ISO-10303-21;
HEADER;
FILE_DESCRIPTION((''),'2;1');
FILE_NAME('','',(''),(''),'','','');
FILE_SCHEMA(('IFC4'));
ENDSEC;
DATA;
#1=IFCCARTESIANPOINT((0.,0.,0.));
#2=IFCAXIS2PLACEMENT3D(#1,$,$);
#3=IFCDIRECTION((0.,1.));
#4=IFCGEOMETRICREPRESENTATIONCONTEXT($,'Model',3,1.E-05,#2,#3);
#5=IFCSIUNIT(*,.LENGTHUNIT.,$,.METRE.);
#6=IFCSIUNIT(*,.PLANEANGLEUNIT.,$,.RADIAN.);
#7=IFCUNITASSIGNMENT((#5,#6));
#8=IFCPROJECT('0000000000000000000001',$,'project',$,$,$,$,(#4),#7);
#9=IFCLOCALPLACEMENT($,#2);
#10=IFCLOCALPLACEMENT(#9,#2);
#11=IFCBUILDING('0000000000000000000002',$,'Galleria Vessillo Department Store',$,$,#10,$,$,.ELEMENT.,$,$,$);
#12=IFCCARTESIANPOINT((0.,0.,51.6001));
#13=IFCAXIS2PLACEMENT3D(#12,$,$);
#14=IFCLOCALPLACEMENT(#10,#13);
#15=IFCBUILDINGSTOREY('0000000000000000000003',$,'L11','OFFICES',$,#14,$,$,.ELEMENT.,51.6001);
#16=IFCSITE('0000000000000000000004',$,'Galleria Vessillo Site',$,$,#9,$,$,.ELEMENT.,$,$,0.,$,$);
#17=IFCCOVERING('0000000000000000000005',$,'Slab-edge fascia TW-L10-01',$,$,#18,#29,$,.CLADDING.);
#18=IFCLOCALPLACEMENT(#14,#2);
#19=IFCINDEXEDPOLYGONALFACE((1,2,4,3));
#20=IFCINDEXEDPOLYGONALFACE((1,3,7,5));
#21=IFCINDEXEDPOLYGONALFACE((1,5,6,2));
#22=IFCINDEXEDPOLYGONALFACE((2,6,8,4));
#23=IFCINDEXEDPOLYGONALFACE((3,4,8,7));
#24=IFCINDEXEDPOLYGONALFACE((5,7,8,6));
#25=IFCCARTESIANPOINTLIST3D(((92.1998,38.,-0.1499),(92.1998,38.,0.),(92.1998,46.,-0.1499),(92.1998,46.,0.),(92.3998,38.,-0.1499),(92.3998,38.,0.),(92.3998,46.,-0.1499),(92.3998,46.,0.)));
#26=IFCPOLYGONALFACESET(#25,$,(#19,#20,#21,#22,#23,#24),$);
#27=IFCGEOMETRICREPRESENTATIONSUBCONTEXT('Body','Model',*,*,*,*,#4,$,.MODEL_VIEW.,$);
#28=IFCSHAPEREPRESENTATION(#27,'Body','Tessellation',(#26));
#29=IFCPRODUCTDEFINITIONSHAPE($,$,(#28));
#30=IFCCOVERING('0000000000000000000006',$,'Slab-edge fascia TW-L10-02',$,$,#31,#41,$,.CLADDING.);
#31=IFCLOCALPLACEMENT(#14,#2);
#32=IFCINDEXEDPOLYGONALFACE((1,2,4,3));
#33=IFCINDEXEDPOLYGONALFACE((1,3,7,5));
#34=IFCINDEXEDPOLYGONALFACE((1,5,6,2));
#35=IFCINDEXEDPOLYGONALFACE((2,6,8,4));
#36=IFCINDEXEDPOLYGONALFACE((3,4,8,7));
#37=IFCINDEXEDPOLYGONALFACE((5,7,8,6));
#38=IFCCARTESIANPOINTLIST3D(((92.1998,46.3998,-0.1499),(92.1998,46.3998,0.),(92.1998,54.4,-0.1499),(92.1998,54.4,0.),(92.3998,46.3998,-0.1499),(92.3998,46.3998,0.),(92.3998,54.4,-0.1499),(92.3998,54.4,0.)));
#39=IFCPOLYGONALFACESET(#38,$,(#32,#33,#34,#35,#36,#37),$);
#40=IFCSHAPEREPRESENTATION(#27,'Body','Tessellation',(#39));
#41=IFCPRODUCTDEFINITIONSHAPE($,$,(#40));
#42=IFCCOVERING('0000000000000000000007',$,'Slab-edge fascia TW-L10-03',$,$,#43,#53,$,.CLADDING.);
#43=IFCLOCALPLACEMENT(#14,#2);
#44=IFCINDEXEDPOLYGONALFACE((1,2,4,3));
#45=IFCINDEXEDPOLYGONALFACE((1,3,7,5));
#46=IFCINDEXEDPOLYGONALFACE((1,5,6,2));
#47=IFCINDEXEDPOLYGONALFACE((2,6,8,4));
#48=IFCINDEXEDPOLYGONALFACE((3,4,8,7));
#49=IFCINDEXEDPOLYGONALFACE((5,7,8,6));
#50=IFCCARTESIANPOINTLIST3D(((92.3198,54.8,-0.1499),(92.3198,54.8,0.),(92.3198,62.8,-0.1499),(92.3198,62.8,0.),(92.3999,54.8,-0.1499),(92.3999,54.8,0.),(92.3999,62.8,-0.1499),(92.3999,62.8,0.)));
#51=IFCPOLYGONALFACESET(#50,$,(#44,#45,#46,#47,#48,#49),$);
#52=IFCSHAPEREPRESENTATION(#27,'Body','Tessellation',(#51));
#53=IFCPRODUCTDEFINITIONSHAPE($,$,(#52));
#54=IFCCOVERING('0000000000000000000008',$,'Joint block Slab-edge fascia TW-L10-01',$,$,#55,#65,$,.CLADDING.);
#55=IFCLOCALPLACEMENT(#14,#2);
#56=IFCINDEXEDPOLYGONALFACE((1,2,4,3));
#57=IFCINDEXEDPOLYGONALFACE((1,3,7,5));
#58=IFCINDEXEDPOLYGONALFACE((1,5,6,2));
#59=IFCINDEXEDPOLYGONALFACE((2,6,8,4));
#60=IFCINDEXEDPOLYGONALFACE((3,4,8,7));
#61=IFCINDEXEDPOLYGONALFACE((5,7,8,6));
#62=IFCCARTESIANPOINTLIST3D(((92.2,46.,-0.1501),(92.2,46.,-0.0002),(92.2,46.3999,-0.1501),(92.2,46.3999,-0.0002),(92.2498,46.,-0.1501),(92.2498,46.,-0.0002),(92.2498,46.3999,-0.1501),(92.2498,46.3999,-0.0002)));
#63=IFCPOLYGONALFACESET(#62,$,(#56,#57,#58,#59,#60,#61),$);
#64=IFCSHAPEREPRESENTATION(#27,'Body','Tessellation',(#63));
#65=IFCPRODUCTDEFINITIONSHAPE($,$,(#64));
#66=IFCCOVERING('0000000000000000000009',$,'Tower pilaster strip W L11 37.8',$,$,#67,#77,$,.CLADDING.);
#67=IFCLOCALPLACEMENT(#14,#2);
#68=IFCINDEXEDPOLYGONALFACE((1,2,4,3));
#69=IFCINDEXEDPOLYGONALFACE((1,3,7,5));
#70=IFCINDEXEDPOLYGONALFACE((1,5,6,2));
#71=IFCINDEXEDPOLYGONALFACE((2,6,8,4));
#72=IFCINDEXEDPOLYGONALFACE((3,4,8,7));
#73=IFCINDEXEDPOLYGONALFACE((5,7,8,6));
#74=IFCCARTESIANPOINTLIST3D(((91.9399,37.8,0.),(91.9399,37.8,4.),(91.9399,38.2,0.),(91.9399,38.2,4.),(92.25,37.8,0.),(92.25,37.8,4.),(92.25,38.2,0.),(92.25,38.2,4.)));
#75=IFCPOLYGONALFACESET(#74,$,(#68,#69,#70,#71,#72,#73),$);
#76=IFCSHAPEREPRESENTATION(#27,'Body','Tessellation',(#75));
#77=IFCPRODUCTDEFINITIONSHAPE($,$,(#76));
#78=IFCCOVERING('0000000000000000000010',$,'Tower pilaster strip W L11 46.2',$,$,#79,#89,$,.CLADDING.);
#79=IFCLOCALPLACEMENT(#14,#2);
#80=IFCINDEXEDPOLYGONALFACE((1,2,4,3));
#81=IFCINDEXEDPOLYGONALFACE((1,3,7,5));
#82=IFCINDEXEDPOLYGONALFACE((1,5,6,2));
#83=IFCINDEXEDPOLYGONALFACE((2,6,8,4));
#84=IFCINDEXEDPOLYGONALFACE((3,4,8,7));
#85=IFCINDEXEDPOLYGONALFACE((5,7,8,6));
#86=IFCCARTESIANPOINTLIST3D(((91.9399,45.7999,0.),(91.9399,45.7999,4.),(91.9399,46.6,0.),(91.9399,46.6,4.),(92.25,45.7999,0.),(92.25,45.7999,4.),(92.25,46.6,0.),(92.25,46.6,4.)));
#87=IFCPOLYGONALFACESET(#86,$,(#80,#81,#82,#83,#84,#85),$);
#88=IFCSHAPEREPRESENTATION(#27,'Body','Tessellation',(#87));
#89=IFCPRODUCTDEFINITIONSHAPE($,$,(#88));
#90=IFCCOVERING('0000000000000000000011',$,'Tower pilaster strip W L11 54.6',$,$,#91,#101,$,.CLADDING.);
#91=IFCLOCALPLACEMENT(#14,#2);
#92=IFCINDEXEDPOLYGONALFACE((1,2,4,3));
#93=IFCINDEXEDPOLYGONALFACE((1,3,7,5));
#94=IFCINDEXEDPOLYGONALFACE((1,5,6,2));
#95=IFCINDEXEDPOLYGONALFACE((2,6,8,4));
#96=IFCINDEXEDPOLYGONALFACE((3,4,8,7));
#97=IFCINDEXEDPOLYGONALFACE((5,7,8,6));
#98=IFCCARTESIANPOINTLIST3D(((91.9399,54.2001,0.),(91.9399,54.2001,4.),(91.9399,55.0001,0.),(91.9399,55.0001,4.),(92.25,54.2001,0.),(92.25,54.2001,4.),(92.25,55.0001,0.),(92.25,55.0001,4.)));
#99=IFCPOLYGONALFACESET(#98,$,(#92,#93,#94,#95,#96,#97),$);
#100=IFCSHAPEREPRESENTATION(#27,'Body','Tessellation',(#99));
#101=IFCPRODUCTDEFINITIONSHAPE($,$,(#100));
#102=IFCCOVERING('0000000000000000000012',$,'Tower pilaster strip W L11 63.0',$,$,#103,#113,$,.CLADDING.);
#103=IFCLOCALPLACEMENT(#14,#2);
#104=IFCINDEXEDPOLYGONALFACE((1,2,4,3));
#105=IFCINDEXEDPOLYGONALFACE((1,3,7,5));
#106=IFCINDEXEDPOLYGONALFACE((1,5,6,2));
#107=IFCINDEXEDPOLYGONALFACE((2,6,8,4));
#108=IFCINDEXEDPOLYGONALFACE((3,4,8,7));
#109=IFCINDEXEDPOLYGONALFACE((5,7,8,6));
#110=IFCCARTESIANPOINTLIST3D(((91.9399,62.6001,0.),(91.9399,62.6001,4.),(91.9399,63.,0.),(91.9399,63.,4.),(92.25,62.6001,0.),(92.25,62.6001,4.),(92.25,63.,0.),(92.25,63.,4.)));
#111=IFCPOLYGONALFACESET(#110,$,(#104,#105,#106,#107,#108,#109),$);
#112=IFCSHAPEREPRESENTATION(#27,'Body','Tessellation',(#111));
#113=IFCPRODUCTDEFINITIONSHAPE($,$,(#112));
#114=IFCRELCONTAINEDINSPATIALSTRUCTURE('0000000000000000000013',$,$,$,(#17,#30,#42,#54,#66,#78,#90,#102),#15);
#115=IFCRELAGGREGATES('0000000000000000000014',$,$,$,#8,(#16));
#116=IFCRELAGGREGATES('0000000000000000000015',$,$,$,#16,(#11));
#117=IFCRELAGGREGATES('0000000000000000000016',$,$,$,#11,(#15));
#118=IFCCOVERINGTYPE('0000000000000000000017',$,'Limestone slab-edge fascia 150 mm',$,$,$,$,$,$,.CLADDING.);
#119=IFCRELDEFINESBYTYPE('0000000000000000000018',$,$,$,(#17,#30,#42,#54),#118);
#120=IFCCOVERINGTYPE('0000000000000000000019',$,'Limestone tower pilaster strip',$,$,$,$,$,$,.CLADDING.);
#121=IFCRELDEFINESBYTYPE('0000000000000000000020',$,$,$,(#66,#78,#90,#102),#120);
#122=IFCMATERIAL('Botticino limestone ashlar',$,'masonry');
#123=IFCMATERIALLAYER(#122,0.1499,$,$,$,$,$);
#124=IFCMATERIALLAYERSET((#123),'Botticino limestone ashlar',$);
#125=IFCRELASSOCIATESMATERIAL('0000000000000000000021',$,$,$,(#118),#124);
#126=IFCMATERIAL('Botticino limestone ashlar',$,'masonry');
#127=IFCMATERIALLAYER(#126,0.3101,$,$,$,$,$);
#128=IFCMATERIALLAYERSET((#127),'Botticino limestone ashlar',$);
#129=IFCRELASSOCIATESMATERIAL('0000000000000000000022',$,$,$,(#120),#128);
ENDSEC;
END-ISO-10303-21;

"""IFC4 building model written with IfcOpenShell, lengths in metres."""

from ifc_helpers import new_model, si_unit, direction, frame, origin, origin_2d, place, context, subcontext, project, spatial, rectangle, extrude, material, layer, layer_set, type_object, element, save


model = new_model("IFC4")

# Units and contexts
model_context = context("Model", 3, precision=1e-05, world=origin(), true_north=direction((0.0, 1.0)))
body_context = subcontext(model_context, "Body", "Model", "MODEL_VIEW")
ifc_project = project(units=[si_unit("LENGTHUNIT", "METRE"), si_unit("PLANEANGLEUNIT", "RADIAN")], contexts=[model_context])

# Site, building, storey
site_placement = place(None, origin())
site = spatial("IfcSite", under=ifc_project, at=site_placement, Name="Galleria Vessillo Site", CompositionType="ELEMENT", RefElevation=0.0)
building_placement = place(site_placement, origin())
building = spatial("IfcBuilding", under=site, at=building_placement, Name="Galleria Vessillo Department Store", CompositionType="ELEMENT")
storey_placement = place(building_placement, frame((0.0, 0.0, 51.6001)))
storey = spatial("IfcBuildingStorey", under=building, at=storey_placement, Name="L11", Description="OFFICES", CompositionType="ELEMENT", Elevation=51.6001)

# Coverings
ifc_material_1 = material(Name="Botticino limestone ashlar", Category="masonry")
ifc_layer_1 = layer(ifc_material_1, 0.1499)
ifc_layer_set_1 = layer_set([ifc_layer_1], Name="Botticino limestone ashlar")
covering_type_1 = type_object("IfcCoveringType", Name="Limestone slab-edge fascia 150 mm", PredefinedType="CLADDING", material=ifc_layer_set_1)
covering_1_placement = place(storey_placement, frame((92.2998, 42.0, -0.1499), z_axis=(0.0, 0.0, 1.0), x_axis=(1.0, 0.0, 0.0)))
element("IfcCovering", 1, at=covering_1_placement, inside=storey, type_object=covering_type_1, Name="Slab-edge fascia TW-L10-01", PredefinedType="CLADDING", context=body_context, shape_type="SweptSolid", body=[
    extrude(rectangle(XDim=0.2, YDim=8.0, at=origin_2d()), origin(), (0.0, 0.0, 1.0), 0.1499),
])
covering_2_placement = place(storey_placement, frame((92.2998, 50.3999, -0.1499), z_axis=(0.0, 0.0, 1.0), x_axis=(1.0, 0.0, 0.0)))
element("IfcCovering", 2, at=covering_2_placement, inside=storey, type_object=covering_type_1, Name="Slab-edge fascia TW-L10-02", PredefinedType="CLADDING", context=body_context, shape_type="SweptSolid", body=[
    extrude(rectangle(XDim=0.2, YDim=8.0002, at=origin_2d()), origin(), (0.0, 0.0, 1.0), 0.1499),
])
covering_3_placement = place(storey_placement, frame((92.3599, 58.8, -0.1499), z_axis=(0.0, 0.0, 1.0), x_axis=(1.0, 0.0, 0.0)))
element("IfcCovering", 3, at=covering_3_placement, inside=storey, type_object=covering_type_1, Name="Slab-edge fascia TW-L10-03", PredefinedType="CLADDING", context=body_context, shape_type="SweptSolid", body=[
    extrude(rectangle(XDim=0.0801, YDim=8.0, at=origin_2d()), origin(), (0.0, 0.0, 1.0), 0.1499),
])
covering_4_placement = place(storey_placement, frame((92.2249, 46.2, -0.1501), z_axis=(0.0, 0.0, 1.0), x_axis=(1.0, 0.0, 0.0)))
element("IfcCovering", 4, at=covering_4_placement, inside=storey, type_object=covering_type_1, Name="Joint block Slab-edge fascia TW-L10-01", PredefinedType="CLADDING", context=body_context, shape_type="SweptSolid", body=[
    extrude(rectangle(XDim=0.0498, YDim=0.3999, at=origin_2d()), origin(), (0.0, 0.0, 1.0), 0.1499),
])
ifc_material_2 = material(Name="Botticino limestone ashlar", Category="masonry")
ifc_layer_2 = layer(ifc_material_2, 0.3101)
ifc_layer_set_2 = layer_set([ifc_layer_2], Name="Botticino limestone ashlar")
covering_type_2 = type_object("IfcCoveringType", Name="Limestone tower pilaster strip", PredefinedType="CLADDING", material=ifc_layer_set_2)
covering_5_placement = place(storey_placement, frame((92.095, 38.0, 0.0), z_axis=(0.0, 0.0, 1.0), x_axis=(1.0, 0.0, 0.0)))
element("IfcCovering", 5, at=covering_5_placement, inside=storey, type_object=covering_type_2, Name="Tower pilaster strip W L11 37.8", PredefinedType="CLADDING", context=body_context, shape_type="SweptSolid", body=[
    extrude(rectangle(XDim=0.3101, YDim=0.3999, at=origin_2d()), origin(), (0.0, 0.0, 1.0), 4.0),
])
for number, where, z_axis, x_axis, name in (
    (6, (92.095, 46.2, 0.0), (0.0, 0.0, 1.0), (1.0, 0.0, 0.0), "Tower pilaster strip W L11 46.2"),
    (7, (92.095, 54.6001, 0.0), (0.0, 0.0, 1.0), (1.0, 0.0, 0.0), "Tower pilaster strip W L11 54.6"),
):
    element("IfcCovering", number, at=place(storey_placement, frame(where, z_axis=z_axis, x_axis=x_axis)), inside=storey, type_object=covering_type_2, Name=name, PredefinedType="CLADDING", context=body_context, shape_type="SweptSolid", body=[
        extrude(rectangle(XDim=0.3101, YDim=0.8, at=origin_2d()), origin(), (0.0, 0.0, 1.0), 4.0),
    ])
covering_6_placement = place(storey_placement, frame((92.095, 62.8, 0.0), z_axis=(0.0, 0.0, 1.0), x_axis=(1.0, 0.0, 0.0)))
element("IfcCovering", 8, at=covering_6_placement, inside=storey, type_object=covering_type_2, Name="Tower pilaster strip W L11 63.0", PredefinedType="CLADDING", context=body_context, shape_type="SweptSolid", body=[
    extrude(rectangle(XDim=0.3101, YDim=0.3999, at=origin_2d()), origin(), (0.0, 0.0, 1.0), 4.0),
])

save(model, "model.ifc")
